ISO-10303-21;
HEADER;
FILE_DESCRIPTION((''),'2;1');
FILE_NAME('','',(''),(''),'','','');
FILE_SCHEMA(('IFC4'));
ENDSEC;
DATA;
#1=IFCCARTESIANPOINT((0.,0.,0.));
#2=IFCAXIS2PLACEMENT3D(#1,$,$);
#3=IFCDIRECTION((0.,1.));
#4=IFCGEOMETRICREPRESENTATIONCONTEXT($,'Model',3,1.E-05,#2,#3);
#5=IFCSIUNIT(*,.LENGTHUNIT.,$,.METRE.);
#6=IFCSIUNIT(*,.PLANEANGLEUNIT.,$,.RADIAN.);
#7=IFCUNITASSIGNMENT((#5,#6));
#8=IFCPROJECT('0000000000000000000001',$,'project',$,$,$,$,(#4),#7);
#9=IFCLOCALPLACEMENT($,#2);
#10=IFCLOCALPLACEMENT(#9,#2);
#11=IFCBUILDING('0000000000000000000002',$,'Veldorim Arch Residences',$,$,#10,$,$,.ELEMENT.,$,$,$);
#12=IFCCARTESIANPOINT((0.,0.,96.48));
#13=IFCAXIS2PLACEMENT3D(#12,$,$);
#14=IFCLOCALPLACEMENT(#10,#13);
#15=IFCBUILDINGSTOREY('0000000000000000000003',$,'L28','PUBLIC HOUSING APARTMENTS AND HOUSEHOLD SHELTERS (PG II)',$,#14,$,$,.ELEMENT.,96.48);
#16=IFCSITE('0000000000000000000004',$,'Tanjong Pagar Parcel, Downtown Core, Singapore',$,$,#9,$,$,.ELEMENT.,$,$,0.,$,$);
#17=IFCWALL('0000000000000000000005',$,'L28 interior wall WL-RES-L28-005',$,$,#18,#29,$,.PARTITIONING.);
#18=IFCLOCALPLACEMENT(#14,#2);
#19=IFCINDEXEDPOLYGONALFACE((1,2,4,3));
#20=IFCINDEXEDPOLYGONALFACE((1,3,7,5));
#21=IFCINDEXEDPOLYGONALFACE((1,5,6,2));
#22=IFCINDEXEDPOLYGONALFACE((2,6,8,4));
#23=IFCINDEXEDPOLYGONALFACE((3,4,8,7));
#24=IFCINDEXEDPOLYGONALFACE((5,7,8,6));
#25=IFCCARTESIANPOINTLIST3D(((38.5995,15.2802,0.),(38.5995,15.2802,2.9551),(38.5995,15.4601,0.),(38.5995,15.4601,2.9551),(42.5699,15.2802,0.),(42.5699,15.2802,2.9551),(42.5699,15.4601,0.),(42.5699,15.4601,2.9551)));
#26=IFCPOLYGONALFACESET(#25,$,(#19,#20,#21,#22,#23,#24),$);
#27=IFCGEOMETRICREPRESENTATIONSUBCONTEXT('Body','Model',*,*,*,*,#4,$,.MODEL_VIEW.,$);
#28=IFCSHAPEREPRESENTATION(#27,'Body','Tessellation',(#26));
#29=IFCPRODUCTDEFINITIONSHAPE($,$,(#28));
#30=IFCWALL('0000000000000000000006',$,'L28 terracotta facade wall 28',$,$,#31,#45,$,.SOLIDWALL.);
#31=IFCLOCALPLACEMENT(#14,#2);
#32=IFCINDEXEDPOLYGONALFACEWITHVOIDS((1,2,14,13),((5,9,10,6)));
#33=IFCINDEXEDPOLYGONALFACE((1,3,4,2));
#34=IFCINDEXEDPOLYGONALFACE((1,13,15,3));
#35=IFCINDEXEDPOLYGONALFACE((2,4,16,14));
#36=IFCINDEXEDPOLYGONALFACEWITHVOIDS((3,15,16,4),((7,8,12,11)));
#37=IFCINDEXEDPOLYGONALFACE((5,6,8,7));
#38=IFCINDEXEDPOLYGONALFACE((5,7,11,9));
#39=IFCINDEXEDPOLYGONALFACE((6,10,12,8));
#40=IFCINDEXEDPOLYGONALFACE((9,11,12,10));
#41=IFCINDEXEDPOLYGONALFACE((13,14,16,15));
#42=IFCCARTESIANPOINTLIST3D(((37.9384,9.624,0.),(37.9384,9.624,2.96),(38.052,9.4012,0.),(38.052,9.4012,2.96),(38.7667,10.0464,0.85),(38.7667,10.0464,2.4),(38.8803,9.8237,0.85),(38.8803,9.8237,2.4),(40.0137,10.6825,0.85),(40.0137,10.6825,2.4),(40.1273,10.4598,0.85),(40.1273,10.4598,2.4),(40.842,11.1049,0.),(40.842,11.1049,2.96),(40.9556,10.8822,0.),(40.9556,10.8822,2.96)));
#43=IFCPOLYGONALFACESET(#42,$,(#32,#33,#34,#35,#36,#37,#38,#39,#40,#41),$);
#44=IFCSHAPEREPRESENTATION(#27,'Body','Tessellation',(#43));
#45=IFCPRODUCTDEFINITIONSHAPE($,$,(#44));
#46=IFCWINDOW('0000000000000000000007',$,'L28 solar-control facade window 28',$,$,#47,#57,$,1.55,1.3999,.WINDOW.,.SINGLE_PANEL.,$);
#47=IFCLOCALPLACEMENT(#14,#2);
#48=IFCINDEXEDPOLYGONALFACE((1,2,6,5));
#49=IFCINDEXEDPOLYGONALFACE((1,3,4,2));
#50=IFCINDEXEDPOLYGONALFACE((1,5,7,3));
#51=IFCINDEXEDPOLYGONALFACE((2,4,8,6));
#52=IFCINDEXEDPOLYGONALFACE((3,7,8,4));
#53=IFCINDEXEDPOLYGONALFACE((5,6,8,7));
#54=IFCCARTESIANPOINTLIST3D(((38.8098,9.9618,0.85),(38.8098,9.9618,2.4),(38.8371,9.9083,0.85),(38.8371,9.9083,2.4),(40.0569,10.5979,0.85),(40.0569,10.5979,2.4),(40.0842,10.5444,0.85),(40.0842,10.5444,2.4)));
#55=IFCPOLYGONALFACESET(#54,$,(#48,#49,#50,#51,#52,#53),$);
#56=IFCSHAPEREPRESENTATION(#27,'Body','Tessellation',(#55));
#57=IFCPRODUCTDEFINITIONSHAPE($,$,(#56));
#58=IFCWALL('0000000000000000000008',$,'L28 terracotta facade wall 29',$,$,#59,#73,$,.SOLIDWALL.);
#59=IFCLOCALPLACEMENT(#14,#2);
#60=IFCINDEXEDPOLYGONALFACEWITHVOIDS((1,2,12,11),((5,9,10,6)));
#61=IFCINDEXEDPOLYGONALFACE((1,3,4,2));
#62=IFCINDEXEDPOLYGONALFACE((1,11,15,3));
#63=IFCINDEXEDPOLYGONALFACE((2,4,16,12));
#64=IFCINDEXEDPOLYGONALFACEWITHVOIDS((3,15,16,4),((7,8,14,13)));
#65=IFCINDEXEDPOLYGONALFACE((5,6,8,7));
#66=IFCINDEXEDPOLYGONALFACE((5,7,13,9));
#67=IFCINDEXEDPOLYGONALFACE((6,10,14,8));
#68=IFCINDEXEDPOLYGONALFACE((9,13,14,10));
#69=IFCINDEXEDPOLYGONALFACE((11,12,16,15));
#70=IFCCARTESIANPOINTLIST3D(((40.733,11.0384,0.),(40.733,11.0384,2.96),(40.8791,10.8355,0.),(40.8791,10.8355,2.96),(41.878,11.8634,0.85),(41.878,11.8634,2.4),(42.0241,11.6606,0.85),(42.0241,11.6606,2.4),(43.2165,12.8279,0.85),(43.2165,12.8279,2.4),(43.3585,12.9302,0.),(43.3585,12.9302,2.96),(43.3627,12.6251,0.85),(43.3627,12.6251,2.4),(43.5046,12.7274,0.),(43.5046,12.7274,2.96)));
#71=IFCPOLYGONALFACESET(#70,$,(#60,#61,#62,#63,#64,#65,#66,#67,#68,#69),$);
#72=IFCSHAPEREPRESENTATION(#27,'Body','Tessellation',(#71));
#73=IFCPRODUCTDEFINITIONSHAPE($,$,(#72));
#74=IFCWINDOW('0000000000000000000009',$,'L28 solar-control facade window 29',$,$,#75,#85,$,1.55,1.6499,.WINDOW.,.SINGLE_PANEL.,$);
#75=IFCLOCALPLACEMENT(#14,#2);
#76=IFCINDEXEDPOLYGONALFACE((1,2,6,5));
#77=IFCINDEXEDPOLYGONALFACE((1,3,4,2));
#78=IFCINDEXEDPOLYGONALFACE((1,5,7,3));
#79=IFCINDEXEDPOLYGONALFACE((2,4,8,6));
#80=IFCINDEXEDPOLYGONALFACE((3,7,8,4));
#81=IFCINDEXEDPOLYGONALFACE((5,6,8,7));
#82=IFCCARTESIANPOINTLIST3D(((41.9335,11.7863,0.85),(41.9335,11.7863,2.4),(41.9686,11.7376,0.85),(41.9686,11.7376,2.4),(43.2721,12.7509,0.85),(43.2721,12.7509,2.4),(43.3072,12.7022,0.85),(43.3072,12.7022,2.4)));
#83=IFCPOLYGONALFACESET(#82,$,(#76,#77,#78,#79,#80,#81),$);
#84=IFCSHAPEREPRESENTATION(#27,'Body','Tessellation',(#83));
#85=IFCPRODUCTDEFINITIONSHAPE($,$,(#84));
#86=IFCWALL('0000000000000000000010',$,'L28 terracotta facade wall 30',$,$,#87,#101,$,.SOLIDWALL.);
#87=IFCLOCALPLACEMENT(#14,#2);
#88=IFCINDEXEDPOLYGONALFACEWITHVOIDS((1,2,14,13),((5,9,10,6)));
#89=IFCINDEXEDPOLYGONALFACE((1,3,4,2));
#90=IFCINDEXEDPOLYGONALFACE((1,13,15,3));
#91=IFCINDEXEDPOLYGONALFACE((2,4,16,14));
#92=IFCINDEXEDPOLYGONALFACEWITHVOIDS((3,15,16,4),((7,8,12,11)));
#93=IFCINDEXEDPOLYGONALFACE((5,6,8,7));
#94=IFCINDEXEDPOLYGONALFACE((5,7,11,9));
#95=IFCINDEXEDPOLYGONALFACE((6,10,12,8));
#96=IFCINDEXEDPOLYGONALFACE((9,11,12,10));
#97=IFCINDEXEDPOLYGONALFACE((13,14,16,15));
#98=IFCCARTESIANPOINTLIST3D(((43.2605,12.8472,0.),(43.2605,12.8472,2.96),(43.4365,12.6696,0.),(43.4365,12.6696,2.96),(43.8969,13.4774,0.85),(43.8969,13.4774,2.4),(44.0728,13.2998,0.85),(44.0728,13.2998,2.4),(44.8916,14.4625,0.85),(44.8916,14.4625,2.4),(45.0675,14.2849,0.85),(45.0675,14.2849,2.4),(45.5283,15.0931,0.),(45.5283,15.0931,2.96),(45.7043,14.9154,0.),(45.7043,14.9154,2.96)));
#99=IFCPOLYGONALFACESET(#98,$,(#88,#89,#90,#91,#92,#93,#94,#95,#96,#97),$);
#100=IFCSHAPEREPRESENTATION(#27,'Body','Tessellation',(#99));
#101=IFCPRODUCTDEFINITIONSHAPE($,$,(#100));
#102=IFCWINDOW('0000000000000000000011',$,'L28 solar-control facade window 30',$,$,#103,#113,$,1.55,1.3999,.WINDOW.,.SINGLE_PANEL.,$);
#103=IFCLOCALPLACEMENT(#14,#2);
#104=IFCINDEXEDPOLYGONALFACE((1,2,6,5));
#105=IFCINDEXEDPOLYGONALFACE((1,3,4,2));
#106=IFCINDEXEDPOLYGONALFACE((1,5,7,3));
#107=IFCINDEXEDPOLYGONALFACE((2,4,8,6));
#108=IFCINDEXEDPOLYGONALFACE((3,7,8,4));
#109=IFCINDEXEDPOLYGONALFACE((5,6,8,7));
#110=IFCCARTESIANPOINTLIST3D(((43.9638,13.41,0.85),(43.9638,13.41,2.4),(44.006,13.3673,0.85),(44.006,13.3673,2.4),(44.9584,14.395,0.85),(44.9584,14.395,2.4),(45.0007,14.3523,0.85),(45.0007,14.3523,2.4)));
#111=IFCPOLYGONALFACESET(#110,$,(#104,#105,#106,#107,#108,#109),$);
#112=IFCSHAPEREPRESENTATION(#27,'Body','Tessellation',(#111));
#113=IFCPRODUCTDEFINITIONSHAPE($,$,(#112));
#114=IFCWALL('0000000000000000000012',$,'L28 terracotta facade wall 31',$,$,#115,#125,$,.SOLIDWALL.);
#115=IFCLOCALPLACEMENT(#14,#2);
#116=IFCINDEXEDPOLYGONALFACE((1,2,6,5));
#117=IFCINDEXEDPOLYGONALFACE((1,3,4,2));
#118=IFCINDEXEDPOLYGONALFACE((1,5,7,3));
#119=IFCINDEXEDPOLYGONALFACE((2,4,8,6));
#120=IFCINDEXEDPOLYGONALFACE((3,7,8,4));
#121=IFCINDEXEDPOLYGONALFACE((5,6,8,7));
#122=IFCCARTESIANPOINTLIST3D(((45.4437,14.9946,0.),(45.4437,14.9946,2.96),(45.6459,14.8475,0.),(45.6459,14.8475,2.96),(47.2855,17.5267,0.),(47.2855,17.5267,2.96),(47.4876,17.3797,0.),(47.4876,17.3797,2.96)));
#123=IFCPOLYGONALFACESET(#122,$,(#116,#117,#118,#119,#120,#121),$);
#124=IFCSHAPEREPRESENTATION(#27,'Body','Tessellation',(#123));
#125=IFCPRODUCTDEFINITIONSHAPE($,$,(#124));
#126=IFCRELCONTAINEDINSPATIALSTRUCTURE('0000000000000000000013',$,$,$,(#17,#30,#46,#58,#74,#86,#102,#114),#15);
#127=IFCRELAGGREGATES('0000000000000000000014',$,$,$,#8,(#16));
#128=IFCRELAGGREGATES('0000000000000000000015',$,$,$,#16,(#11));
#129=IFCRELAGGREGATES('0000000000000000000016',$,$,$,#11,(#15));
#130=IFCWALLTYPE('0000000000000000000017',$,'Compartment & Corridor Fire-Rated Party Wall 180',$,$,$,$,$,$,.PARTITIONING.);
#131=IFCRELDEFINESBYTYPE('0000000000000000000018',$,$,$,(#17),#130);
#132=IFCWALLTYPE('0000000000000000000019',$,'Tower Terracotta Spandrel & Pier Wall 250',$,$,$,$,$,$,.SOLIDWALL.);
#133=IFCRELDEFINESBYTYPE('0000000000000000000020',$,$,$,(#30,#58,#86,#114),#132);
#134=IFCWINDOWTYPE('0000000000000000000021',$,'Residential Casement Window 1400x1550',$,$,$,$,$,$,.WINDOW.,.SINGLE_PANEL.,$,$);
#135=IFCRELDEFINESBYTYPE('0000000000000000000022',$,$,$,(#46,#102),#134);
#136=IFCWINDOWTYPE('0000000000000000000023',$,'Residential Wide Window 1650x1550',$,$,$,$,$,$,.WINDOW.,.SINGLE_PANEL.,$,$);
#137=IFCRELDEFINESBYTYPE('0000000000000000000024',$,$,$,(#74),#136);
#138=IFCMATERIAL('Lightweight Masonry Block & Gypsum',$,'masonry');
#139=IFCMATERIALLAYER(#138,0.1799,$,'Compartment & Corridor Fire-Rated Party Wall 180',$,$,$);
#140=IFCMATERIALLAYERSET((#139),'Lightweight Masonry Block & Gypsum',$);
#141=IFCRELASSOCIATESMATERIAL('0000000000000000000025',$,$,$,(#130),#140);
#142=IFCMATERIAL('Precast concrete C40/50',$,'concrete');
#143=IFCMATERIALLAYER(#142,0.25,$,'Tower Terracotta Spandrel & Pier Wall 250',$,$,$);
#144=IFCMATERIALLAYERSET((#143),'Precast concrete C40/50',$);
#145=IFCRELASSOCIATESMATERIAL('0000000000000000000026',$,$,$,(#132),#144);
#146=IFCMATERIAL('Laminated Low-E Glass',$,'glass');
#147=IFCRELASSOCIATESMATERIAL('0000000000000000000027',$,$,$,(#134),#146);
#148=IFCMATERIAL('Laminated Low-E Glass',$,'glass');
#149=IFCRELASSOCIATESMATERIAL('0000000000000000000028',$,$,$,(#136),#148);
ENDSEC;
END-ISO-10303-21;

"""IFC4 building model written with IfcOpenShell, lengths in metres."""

from ifc_helpers import new_model, si_unit, direction, frame, frame_2d, origin, place, context, subcontext, project, spatial, rectangle, extrude, material, layer, layer_set, type_object, element, fill, save


model = new_model("IFC4")

# Units and contexts
model_context = context("Model", 3, precision=1e-05, world=origin(), true_north=direction((0.0, 1.0)))
body_context = subcontext(model_context, "Body", "Model", "MODEL_VIEW")
ifc_project = project(units=[si_unit("LENGTHUNIT", "METRE"), si_unit("PLANEANGLEUNIT", "RADIAN")], contexts=[model_context])

# Site, building, storey
site_placement = place(None, origin())
site = spatial("IfcSite", under=ifc_project, at=site_placement, Name="Tanjong Pagar Parcel, Downtown Core, Singapore", CompositionType="ELEMENT", RefElevation=0.0)
building_placement = place(site_placement, origin())
building = spatial("IfcBuilding", under=site, at=building_placement, Name="Veldorim Arch Residences", CompositionType="ELEMENT")
storey_placement = place(building_placement, frame((0.0, 0.0, 96.48)))
storey = spatial("IfcBuildingStorey", under=building, at=storey_placement, Name="L28", Description="PUBLIC HOUSING APARTMENTS AND HOUSEHOLD SHELTERS (PG II)", CompositionType="ELEMENT", Elevation=96.48)

# Wall
ifc_material_1 = material(Name="Lightweight Masonry Block & Gypsum", Category="masonry")
ifc_layer_1 = layer(ifc_material_1, 0.1799, Name="Compartment & Corridor Fire-Rated Party Wall 180")
ifc_layer_set_1 = layer_set([ifc_layer_1], Name="Lightweight Masonry Block & Gypsum")
wall_type_1 = type_object("IfcWallType", Name="Compartment & Corridor Fire-Rated Party Wall 180", PredefinedType="PARTITIONING", material=ifc_layer_set_1)
wall_1_placement = place(storey_placement, frame((42.5701, 15.3701, 0.0), z_axis=(0.0, 0.0, 1.0), x_axis=(-1.0, 0.0, 0.0)))
element("IfcWall", 1, at=wall_1_placement, inside=storey, type_object=wall_type_1, Name="L28 interior wall WL-RES-L28-005", PredefinedType="PARTITIONING", context=body_context, shape_type="SweptSolid", body=[
    extrude(rectangle(XDim=3.9705, YDim=0.1799, at=frame_2d((1.9854, 0.0))), origin(), (0.0, 0.0, 1.0), 2.9551),
])

# Walls, openings, windows
ifc_material_2 = material(Name="Precast concrete C40/50", Category="concrete")
ifc_layer_2 = layer(ifc_material_2, 0.25, Name="Tower Terracotta Spandrel & Pier Wall 250")
ifc_layer_set_2 = layer_set([ifc_layer_2], Name="Precast concrete C40/50")
wall_type_2 = type_object("IfcWallType", Name="Tower Terracotta Spandrel & Pier Wall 250", PredefinedType="SOLIDWALL", material=ifc_layer_set_2)
wall_2_placement = place(storey_placement, frame((40.8989, 10.9937, 0.0), z_axis=(0.0, 0.0, 1.0), x_axis=(-0.890818, -0.45436, 0.0)))
wall_2 = element("IfcWall", 2, at=wall_2_placement, inside=storey, type_object=wall_type_2, Name="L28 terracotta facade wall 28", PredefinedType="SOLIDWALL", context=body_context, shape_type="SweptSolid", body=[
    extrude(rectangle(XDim=3.2595, YDim=0.25, at=frame_2d((1.6299, 0.0))), origin(), (0.0, 0.0, 1.0), 2.96),
])
opening_1_placement = place(wall_2_placement, frame((0.9299, 0.0, 0.8501)))
opening_1 = element("IfcOpeningElement", 3, at=opening_1_placement, cuts=wall_2, PredefinedType="OPENING", context=body_context, shape_type="SweptSolid", body=[
    extrude(rectangle(XDim=1.3999, YDim=1.55, at=frame_2d((0.7, 0.7749))), frame((0.0, 0.135, 0.0), z_axis=(0.0, -1.0, 0.0), x_axis=(1.0, 0.0, 0.0)), (0.0, 0.0, 1.0), 0.27),
])
ifc_material_3 = material(Name="Laminated Low-E Glass", Category="glass")
window_type_1 = type_object("IfcWindowType", Name="Residential Casement Window 1400x1550", PartitioningType="SINGLE_PANEL", PredefinedType="WINDOW", material=ifc_material_3)
window_1_placement = place(opening_1_placement, origin())
window_1 = element("IfcWindow", 4, at=window_1_placement, inside=storey, type_object=window_type_1, Name="L28 solar-control facade window 28", OverallHeight=1.55, OverallWidth=1.3999, PartitioningType="SINGLE_PANEL", PredefinedType="WINDOW", context=body_context, shape_type="SweptSolid", body=[
    extrude(rectangle(XDim=1.3999, YDim=1.55, at=frame_2d((0.7, 0.7749))), frame((0.0, 0.03, 0.0), z_axis=(0.0, -1.0, 0.0), x_axis=(1.0, 0.0, 0.0)), (0.0, 0.0, 1.0), 0.0601),
])
fill(opening_1, window_1)
wall_3_placement = place(storey_placement, frame((43.4316, 12.8289, 0.0), z_axis=(0.0, 0.0, 1.0), x_axis=(-0.811315, -0.584609, 0.0)))
wall_3 = element("IfcWall", 5, at=wall_3_placement, inside=storey, type_object=wall_type_2, Name="L28 terracotta facade wall 29", PredefinedType="SOLIDWALL", context=body_context, shape_type="SweptSolid", body=[
    extrude(rectangle(XDim=3.2361, YDim=0.25, at=frame_2d((1.6182, 0.0))), origin(), (0.0, 0.0, 1.0), 2.96),
])
opening_2_placement = place(wall_3_placement, frame((0.175, 0.0, 0.8501)))
opening_2 = element("IfcOpeningElement", 6, at=opening_2_placement, cuts=wall_3, PredefinedType="OPENING", context=body_context, shape_type="SweptSolid", body=[
    extrude(rectangle(XDim=1.6499, YDim=1.55, at=frame_2d((0.825, 0.7749))), frame((0.0, 0.135, 0.0), z_axis=(0.0, -1.0, 0.0), x_axis=(1.0, 0.0, 0.0)), (0.0, 0.0, 1.0), 0.27),
])
ifc_material_4 = material(Name="Laminated Low-E Glass", Category="glass")
window_type_2 = type_object("IfcWindowType", Name="Residential Wide Window 1650x1550", PartitioningType="SINGLE_PANEL", PredefinedType="WINDOW", material=ifc_material_4)
window_2_placement = place(opening_2_placement, origin())
window_2 = element("IfcWindow", 7, at=window_2_placement, inside=storey, type_object=window_type_2, Name="L28 solar-control facade window 29", OverallHeight=1.55, OverallWidth=1.6499, PartitioningType="SINGLE_PANEL", PredefinedType="WINDOW", context=body_context, shape_type="SweptSolid", body=[
    extrude(rectangle(XDim=1.6499, YDim=1.55, at=frame_2d((0.825, 0.7749))), frame((0.0, 0.03, 0.0), z_axis=(0.0, -1.0, 0.0), x_axis=(1.0, 0.0, 0.0)), (0.0, 0.0, 1.0), 0.0601),
])
fill(opening_2, window_2)
wall_4_placement = place(storey_placement, frame((45.6162, 15.0042, 0.0), z_axis=(0.0, 0.0, 1.0), x_axis=(-0.710541, -0.703656, 0.0)))
wall_4 = element("IfcWall", 8, at=wall_4_placement, inside=storey, type_object=wall_type_2, Name="L28 terracotta facade wall 30", PredefinedType="SOLIDWALL", context=body_context, shape_type="SweptSolid", body=[
    extrude(rectangle(XDim=3.1917, YDim=0.25, at=frame_2d((1.5957, 0.0))), origin(), (0.0, 0.0, 1.0), 2.96),
])
opening_3_placement = place(wall_4_placement, frame((0.896, 0.0, 0.8501)))
opening_3 = element("IfcOpeningElement", 9, at=opening_3_placement, cuts=wall_4, PredefinedType="OPENING", context=body_context, shape_type="SweptSolid", body=[
    extrude(rectangle(XDim=1.3999, YDim=1.55, at=frame_2d((0.7, 0.7749))), frame((0.0, 0.135, 0.0), z_axis=(0.0, -1.0, 0.0), x_axis=(1.0, 0.0, 0.0)), (0.0, 0.0, 1.0), 0.27),
])
window_3_placement = place(opening_3_placement, origin())
window_3 = element("IfcWindow", 10, at=window_3_placement, inside=storey, type_object=window_type_1, Name="L28 solar-control facade window 30", OverallHeight=1.55, OverallWidth=1.3999, PartitioningType="SINGLE_PANEL", PredefinedType="WINDOW", context=body_context, shape_type="SweptSolid", body=[
    extrude(rectangle(XDim=1.3999, YDim=1.55, at=frame_2d((0.7, 0.7749))), frame((0.0, 0.03, 0.0), z_axis=(0.0, -1.0, 0.0), x_axis=(1.0, 0.0, 0.0)), (0.0, 0.0, 1.0), 0.0601),
])
fill(opening_3, window_3)

# Wall
wall_5_placement = place(storey_placement, frame((47.3865, 17.4531, 0.0), z_axis=(0.0, 0.0, 1.0), x_axis=(-0.588209, -0.808709, 0.0)))
element("IfcWall", 11, at=wall_5_placement, inside=storey, type_object=wall_type_2, Name="L28 terracotta facade wall 31", PredefinedType="SOLIDWALL", context=body_context, shape_type="SweptSolid", body=[
    extrude(rectangle(XDim=3.1311, YDim=0.25, at=frame_2d((1.5654, 0.0))), origin(), (0.0, 0.0, 1.0), 2.96),
])

save(model, "model.ifc")
